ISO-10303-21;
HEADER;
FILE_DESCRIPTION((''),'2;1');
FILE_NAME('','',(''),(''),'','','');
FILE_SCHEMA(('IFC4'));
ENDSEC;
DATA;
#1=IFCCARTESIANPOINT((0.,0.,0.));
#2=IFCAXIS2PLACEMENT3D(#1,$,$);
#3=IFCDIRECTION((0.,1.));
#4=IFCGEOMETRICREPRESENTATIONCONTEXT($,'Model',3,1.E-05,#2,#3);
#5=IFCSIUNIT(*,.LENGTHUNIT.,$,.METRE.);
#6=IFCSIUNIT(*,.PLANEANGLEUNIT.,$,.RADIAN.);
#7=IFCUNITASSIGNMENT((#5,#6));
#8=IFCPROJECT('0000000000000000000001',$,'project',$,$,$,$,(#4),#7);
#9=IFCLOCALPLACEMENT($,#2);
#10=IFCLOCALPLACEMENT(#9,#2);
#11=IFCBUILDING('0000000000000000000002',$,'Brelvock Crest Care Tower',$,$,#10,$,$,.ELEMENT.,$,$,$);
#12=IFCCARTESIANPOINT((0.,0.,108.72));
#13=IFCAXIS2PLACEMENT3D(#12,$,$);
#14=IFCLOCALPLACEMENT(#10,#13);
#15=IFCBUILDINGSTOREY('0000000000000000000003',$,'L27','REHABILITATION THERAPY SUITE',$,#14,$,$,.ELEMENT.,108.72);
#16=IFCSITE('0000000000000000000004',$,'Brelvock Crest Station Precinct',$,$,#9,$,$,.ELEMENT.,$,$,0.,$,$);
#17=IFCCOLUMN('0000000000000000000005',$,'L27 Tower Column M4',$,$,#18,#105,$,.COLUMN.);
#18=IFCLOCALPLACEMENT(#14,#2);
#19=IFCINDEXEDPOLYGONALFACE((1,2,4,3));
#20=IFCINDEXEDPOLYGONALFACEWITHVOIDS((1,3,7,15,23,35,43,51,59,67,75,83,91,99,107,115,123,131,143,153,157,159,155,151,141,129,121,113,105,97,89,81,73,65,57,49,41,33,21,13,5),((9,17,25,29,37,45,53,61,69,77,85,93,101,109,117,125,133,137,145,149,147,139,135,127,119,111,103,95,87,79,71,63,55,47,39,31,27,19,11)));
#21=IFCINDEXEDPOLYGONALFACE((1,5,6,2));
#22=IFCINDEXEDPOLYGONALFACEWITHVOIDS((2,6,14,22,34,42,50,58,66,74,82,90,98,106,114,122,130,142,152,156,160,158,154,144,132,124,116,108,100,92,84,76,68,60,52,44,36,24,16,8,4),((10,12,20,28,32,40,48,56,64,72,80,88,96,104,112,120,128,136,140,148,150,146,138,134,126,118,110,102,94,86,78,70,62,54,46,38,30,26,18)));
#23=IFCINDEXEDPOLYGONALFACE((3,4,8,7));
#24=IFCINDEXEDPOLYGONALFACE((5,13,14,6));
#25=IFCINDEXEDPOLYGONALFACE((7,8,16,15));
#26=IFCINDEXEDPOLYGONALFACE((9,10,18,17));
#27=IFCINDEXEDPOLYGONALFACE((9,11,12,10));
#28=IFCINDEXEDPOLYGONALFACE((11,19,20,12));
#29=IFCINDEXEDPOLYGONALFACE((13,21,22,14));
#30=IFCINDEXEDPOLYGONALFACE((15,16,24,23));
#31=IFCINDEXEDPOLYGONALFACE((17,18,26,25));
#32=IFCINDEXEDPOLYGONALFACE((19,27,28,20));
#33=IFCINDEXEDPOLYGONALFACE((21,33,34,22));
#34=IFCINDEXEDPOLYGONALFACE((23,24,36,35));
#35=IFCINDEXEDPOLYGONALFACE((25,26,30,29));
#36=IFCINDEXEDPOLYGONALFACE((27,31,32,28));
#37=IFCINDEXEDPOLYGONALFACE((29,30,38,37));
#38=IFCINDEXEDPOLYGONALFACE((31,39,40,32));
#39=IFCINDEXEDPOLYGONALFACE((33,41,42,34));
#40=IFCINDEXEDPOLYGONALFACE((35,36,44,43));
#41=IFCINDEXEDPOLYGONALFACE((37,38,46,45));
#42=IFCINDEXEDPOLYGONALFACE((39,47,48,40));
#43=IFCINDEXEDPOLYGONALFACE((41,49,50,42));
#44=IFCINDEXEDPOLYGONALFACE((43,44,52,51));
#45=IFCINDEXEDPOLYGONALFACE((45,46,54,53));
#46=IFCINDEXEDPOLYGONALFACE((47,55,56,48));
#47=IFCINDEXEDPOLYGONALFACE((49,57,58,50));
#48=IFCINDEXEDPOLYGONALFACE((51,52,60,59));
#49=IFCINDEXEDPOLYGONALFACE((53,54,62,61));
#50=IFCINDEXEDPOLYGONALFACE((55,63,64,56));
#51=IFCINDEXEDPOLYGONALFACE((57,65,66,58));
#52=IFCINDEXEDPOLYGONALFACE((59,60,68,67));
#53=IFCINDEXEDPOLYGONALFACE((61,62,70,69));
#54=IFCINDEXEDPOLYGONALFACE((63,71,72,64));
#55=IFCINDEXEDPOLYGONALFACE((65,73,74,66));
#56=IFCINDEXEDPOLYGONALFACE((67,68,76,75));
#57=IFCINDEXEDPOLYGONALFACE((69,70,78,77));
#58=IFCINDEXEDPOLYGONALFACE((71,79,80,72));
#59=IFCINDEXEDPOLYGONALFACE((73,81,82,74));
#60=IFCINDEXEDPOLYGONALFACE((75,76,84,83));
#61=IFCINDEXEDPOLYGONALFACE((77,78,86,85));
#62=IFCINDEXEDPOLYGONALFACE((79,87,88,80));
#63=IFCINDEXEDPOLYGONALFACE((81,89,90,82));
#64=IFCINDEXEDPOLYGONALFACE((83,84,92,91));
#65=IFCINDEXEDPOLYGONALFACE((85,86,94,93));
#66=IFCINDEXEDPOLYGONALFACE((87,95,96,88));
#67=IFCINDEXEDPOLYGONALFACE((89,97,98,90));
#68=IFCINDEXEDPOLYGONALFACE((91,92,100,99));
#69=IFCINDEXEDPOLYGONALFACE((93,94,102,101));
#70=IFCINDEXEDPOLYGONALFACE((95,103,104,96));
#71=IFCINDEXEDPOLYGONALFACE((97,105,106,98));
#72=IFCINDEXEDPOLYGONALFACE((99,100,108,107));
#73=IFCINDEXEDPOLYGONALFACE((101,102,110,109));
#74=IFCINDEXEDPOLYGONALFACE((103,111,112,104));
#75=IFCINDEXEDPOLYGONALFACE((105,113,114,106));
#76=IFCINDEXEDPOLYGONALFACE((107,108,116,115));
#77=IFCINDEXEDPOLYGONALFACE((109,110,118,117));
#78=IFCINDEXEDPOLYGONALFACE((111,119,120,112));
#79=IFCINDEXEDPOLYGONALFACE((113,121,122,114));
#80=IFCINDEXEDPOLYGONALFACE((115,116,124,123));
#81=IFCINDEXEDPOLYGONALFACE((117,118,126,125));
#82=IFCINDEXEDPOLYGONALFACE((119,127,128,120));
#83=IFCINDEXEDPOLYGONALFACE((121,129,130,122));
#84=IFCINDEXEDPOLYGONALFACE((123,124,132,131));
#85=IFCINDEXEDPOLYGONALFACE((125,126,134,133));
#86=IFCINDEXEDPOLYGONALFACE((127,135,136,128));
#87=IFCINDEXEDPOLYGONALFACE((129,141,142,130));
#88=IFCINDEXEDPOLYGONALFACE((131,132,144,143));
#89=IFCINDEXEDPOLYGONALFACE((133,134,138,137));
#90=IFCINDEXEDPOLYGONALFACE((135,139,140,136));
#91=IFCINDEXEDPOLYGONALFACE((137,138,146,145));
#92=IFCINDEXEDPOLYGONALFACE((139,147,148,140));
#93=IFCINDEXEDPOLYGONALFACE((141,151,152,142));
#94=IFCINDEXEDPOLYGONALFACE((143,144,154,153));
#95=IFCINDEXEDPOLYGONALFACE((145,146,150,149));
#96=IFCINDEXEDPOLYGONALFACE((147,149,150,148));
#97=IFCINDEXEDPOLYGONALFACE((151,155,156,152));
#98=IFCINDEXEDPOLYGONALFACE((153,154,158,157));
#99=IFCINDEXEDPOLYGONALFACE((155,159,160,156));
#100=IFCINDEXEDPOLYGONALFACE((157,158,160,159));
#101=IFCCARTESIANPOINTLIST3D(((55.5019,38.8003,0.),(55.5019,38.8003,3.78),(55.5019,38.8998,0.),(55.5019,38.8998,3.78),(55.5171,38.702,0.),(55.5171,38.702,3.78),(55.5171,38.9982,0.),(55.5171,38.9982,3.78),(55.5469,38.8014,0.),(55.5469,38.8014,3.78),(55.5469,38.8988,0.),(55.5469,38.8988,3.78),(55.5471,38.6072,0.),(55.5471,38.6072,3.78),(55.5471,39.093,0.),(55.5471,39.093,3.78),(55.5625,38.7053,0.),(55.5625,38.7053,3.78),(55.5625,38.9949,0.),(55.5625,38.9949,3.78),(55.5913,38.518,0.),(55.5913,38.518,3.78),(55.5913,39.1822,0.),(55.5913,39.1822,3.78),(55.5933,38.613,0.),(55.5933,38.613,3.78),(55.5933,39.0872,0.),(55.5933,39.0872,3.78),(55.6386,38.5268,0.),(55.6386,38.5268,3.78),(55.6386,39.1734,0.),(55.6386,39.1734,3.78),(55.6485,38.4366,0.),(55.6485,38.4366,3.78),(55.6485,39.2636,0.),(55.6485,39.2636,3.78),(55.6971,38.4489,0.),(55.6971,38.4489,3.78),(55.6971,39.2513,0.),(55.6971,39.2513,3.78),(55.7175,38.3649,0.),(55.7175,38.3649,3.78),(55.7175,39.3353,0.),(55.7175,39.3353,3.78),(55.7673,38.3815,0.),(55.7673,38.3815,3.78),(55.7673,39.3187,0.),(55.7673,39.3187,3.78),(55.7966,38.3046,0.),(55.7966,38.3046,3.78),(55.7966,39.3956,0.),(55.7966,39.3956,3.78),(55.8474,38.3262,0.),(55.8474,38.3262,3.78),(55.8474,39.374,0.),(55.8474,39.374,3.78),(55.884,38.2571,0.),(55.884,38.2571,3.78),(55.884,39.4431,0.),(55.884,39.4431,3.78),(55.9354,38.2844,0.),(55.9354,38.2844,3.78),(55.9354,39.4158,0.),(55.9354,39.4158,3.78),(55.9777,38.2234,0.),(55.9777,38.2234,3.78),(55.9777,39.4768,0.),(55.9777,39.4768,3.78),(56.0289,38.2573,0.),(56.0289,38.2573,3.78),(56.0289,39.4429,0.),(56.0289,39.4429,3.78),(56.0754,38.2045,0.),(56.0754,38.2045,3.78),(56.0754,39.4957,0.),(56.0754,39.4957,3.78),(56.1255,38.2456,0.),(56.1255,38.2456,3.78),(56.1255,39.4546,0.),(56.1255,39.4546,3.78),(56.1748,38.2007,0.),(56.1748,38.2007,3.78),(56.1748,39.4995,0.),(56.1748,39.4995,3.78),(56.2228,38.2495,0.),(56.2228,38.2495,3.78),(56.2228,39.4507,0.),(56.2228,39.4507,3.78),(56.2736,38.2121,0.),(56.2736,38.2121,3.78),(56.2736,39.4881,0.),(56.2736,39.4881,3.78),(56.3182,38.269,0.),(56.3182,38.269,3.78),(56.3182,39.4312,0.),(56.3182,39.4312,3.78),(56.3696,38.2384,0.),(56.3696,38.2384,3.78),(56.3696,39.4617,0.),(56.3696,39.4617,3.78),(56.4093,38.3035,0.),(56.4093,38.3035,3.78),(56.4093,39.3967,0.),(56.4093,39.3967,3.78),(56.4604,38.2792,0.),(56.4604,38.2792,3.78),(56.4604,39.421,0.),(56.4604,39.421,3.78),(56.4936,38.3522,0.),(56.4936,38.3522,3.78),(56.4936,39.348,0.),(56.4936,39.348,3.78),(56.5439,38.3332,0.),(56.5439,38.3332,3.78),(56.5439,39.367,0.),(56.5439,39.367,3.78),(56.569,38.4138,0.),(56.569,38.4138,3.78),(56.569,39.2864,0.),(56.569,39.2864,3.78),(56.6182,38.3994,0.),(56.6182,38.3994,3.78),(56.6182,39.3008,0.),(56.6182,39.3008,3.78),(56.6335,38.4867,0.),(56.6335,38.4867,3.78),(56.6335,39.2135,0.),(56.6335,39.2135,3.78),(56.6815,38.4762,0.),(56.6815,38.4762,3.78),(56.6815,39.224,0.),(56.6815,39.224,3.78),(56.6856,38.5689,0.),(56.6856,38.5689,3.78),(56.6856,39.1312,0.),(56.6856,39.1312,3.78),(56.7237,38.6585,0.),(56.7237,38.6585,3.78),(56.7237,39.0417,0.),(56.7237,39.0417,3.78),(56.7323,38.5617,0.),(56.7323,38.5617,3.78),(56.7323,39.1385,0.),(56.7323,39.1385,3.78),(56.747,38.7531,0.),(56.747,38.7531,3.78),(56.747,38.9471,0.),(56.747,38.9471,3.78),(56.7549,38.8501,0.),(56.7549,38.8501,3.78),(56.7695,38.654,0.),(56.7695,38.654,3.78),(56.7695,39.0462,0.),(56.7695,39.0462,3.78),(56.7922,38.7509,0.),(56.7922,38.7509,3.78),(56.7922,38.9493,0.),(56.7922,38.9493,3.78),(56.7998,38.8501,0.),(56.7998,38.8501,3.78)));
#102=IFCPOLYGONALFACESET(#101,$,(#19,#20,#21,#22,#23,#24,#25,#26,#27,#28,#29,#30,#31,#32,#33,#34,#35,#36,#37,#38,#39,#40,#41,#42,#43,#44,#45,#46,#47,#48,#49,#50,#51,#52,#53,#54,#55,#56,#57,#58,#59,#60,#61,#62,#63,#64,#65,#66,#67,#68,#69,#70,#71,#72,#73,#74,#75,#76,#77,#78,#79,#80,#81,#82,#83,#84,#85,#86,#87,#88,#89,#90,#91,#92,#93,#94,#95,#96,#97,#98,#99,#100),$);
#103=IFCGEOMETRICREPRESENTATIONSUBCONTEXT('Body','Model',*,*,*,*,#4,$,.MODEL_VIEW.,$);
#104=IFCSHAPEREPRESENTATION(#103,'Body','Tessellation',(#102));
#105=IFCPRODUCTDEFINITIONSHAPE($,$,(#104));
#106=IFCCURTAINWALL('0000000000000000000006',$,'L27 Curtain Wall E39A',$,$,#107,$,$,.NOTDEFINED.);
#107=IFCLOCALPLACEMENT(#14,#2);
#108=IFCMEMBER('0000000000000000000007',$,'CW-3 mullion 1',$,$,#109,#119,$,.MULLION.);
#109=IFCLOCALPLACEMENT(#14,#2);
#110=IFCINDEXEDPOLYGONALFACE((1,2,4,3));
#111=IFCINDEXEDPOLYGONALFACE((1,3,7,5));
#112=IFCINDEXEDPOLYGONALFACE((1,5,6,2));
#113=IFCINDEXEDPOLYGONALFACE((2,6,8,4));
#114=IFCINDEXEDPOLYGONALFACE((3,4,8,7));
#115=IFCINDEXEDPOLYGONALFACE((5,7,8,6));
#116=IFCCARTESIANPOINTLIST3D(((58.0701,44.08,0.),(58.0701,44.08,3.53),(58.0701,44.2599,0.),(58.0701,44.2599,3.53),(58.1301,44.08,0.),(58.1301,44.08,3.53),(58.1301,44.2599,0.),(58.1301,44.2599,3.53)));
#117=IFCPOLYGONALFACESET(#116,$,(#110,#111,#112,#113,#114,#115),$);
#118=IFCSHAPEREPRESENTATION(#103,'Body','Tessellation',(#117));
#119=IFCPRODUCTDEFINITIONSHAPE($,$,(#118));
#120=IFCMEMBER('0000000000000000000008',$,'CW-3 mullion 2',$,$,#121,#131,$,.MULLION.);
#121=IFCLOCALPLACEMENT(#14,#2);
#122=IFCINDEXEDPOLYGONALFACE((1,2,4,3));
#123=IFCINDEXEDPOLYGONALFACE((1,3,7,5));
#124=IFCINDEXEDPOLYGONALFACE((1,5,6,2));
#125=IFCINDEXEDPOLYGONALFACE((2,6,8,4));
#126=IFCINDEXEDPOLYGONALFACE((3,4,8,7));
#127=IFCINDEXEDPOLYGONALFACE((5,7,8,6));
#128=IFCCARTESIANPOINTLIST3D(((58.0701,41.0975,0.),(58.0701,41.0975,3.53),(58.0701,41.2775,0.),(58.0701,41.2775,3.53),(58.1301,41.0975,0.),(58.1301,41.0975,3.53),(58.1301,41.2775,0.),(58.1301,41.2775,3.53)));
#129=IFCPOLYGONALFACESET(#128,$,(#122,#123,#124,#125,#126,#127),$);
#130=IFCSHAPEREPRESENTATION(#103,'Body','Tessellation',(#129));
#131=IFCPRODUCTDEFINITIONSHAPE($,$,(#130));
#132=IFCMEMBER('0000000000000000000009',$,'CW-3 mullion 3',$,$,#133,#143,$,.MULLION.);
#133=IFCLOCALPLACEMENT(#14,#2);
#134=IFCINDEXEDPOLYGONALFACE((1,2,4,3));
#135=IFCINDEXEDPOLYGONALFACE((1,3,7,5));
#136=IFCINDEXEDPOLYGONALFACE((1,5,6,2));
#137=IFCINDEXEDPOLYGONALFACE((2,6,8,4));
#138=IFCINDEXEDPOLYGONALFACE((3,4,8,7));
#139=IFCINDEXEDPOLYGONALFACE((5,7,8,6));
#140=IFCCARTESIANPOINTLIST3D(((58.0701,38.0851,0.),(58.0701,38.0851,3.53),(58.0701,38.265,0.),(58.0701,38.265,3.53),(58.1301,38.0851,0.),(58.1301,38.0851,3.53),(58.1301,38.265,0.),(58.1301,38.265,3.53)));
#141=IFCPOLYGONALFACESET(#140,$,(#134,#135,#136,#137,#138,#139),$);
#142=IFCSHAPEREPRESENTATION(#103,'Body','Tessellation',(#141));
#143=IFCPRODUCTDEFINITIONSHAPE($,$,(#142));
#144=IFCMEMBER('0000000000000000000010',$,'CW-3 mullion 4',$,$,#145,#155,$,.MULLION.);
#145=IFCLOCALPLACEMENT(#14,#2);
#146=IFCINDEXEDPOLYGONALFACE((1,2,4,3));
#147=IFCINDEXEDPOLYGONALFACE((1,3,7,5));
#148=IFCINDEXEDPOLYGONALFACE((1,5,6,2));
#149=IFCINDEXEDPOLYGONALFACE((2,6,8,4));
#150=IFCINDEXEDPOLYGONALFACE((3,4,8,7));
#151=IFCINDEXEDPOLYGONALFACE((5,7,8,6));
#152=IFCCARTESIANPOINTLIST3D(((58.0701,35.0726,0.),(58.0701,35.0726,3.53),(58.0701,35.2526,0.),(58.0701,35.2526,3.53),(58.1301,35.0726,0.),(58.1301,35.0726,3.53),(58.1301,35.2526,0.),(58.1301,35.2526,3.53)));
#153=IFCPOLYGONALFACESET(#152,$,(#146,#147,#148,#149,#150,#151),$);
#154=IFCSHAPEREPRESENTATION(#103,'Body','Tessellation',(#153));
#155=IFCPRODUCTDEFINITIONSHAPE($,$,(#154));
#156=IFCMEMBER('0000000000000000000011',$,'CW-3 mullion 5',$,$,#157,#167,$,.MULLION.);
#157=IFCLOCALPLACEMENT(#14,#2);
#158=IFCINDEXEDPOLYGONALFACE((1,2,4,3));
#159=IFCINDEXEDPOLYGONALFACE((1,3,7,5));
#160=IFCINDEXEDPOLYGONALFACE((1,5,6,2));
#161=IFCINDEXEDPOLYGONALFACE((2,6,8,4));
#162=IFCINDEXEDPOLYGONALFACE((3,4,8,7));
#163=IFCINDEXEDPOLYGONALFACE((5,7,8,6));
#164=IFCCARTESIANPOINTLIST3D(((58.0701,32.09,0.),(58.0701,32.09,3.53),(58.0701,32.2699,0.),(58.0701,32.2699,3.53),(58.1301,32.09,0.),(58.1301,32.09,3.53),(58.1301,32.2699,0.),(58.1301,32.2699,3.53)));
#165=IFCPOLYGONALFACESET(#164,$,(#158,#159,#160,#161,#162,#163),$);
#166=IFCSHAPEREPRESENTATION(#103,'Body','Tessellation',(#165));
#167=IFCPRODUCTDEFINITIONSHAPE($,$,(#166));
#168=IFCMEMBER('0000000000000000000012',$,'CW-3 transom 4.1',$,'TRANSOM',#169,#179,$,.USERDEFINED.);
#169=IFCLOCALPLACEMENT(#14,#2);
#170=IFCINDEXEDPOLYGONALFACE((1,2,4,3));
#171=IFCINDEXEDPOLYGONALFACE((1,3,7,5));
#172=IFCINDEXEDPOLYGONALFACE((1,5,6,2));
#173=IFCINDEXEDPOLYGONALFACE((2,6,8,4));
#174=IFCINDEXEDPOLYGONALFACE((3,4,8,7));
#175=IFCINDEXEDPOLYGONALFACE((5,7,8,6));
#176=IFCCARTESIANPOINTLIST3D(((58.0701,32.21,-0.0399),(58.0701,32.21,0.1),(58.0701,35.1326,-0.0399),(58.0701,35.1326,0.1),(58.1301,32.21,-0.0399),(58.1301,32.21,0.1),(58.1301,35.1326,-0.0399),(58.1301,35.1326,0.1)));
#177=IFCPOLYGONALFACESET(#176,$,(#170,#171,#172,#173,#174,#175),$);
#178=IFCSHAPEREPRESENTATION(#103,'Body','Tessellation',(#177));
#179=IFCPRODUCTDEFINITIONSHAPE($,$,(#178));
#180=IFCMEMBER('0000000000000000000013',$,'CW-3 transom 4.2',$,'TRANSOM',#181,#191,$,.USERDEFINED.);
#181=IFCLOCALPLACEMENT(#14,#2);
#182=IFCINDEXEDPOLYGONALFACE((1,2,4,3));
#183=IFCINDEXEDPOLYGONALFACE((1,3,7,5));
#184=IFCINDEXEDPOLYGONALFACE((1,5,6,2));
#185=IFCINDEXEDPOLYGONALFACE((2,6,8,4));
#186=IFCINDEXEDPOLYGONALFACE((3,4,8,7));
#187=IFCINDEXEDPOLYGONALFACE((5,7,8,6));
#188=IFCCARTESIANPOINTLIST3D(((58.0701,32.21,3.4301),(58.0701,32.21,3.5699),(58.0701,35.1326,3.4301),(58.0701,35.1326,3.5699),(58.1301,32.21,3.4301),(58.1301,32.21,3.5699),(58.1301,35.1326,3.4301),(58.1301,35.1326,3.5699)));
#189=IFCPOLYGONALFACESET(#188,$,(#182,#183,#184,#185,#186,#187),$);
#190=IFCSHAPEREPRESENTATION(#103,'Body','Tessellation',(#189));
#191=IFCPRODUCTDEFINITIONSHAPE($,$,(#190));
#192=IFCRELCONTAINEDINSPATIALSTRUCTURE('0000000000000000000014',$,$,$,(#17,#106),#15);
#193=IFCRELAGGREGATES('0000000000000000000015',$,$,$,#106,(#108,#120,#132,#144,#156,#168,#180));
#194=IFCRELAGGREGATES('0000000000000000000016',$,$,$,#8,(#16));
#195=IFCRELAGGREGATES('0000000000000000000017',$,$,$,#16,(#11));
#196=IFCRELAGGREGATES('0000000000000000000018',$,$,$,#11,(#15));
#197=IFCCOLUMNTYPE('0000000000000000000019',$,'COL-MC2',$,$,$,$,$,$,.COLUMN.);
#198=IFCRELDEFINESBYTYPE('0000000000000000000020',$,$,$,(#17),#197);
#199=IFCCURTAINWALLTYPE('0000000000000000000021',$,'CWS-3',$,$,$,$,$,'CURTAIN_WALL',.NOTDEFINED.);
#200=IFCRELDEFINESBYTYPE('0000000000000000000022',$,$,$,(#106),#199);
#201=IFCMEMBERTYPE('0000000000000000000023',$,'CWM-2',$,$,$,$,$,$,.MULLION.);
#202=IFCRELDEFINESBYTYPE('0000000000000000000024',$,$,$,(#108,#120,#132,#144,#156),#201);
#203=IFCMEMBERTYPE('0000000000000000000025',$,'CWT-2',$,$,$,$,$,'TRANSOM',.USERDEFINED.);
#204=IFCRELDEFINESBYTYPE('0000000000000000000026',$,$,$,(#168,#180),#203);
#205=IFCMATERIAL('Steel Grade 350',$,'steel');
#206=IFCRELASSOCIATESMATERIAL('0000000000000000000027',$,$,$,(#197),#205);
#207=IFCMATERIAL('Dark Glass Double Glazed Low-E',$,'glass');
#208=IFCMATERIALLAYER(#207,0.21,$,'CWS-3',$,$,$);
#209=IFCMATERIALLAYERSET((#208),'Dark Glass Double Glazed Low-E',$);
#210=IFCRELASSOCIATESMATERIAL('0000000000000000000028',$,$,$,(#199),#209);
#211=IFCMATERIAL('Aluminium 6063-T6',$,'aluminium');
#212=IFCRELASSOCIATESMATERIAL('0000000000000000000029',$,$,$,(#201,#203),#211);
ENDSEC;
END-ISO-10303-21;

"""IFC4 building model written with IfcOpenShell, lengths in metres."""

from ifc_helpers import new_model, si_unit, direction, frame, origin, origin_2d, place, context, subcontext, project, spatial, rectangle, hollow_circle, extrude, source, transform, mapped, material, layer, layer_set, material_profile, profile_set, type_object, element, aggregate, save


model = new_model("IFC4")

# Units and contexts
model_context = context("Model", 3, precision=1e-05, world=origin(), true_north=direction((0.0, 1.0)))
body_context = subcontext(model_context, "Body", "Model", "MODEL_VIEW")
ifc_project = project(units=[si_unit("LENGTHUNIT", "METRE"), si_unit("PLANEANGLEUNIT", "RADIAN")], contexts=[model_context])

# Site, building, storey
site_placement = place(None, origin())
site = spatial("IfcSite", under=ifc_project, at=site_placement, Name="Brelvock Crest Station Precinct", CompositionType="ELEMENT", RefElevation=0.0)
building_placement = place(site_placement, origin())
building = spatial("IfcBuilding", under=site, at=building_placement, Name="Brelvock Crest Care Tower", CompositionType="ELEMENT")
storey_placement = place(building_placement, frame((0.0, 0.0, 108.72)))
storey = spatial("IfcBuildingStorey", under=building, at=storey_placement, Name="L27", Description="REHABILITATION THERAPY SUITE", CompositionType="ELEMENT", Elevation=108.72)

# Column
ifc_material_1 = material(Name="Steel Grade 350", Category="steel")
ifc_material_profile_1 = material_profile(ifc_material_1, hollow_circle(Radius=0.6499, WallThickness=0.0449, at=origin_2d()), Name="CFT1300x45")
ifc_profile_set_1 = profile_set([ifc_material_profile_1], Name="Steel Grade 350")
column_type = type_object("IfcColumnType", Name="COL-MC2", PredefinedType="COLUMN", material=ifc_profile_set_1)
shared_shape_1 = source(origin(), body_context, "Body", "SweptSolid", [
    extrude(hollow_circle(Radius=0.6499, WallThickness=0.0449, at=origin_2d()), origin(), (0.0, 0.0, 1.0), 3.78),
])
column_placement = place(storey_placement, frame((56.1499, 38.8501, 0.0), z_axis=(0.0, 0.0, 1.0), x_axis=(1.0, 0.0, 0.0)))
element("IfcColumn", 1, at=column_placement, inside=storey, type_object=column_type, Name="L27 Tower Column M4", PredefinedType="COLUMN", context=body_context, shape_type="MappedRepresentation", body=[
    mapped(shared_shape_1, transform((0.0, 0.0, 0.0), x_axis=(1.0, 0.0, 0.0), y_axis=(0.0, 1.0, 0.0), z_axis=(0.0, 0.0, 1.0), scale=1.0)),
])

# Curtain wall, members
ifc_material_2 = material(Name="Dark Glass Double Glazed Low-E", Category="glass")
ifc_layer_1 = layer(ifc_material_2, 0.21, Name="CWS-3")
ifc_layer_set_1 = layer_set([ifc_layer_1], Name="Dark Glass Double Glazed Low-E")
curtain_wall_type = type_object("IfcCurtainWallType", Name="CWS-3", ElementType="CURTAIN_WALL", PredefinedType="NOTDEFINED", material=ifc_layer_set_1)
curtain_wall_placement = place(storey_placement, origin())
curtain_wall = element("IfcCurtainWall", 2, at=curtain_wall_placement, inside=storey, type_object=curtain_wall_type, Name="L27 Curtain Wall E39A", PredefinedType="NOTDEFINED")
ifc_material_3 = material(Name="Aluminium 6063-T6", Category="aluminium")
ifc_material_profile_2 = material_profile(ifc_material_3, rectangle(XDim=0.0601, YDim=0.1799, at=origin_2d()), Name="ALU60x180")
ifc_profile_set_2 = profile_set([ifc_material_profile_2], Name="Aluminium 6063-T6")
member_type_1 = type_object("IfcMemberType", Name="CWM-2", PredefinedType="MULLION", material=ifc_profile_set_2)
shared_shape_2 = source(origin(), body_context, "Body", "SweptSolid", [
    extrude(rectangle(XDim=0.0601, YDim=0.1799, at=origin_2d()), origin(), (0.0, 0.0, 1.0), 3.53),
])
member_1_placement = place(storey_placement, frame((58.1001, 44.1699, 0.0), z_axis=(0.0, 0.0, 1.0), x_axis=(1.0, 0.0, 0.0)))
member_1 = element("IfcMember", 3, at=member_1_placement, type_object=member_type_1, Name="CW-3 mullion 1", PredefinedType="MULLION", context=body_context, shape_type="MappedRepresentation", body=[
    mapped(shared_shape_2, transform((0.0, 0.0, 0.0), x_axis=(1.0, 0.0, 0.0), y_axis=(0.0, 1.0, 0.0), z_axis=(0.0, 0.0, 1.0), scale=1.0)),
])
member_2_placement = place(storey_placement, frame((58.1001, 41.1875, 0.0), z_axis=(0.0, 0.0, 1.0), x_axis=(1.0, 0.0, 0.0)))
member_2 = element("IfcMember", 4, at=member_2_placement, type_object=member_type_1, Name="CW-3 mullion 2", PredefinedType="MULLION", context=body_context, shape_type="MappedRepresentation", body=[
    mapped(shared_shape_2, transform((0.0, 0.0, 0.0), x_axis=(1.0, 0.0, 0.0), y_axis=(0.0, 1.0, 0.0), z_axis=(0.0, 0.0, 1.0), scale=1.0)),
])
member_3_placement = place(storey_placement, frame((58.1001, 38.175, 0.0), z_axis=(0.0, 0.0, 1.0), x_axis=(1.0, 0.0, 0.0)))
member_3 = element("IfcMember", 5, at=member_3_placement, type_object=member_type_1, Name="CW-3 mullion 3", PredefinedType="MULLION", context=body_context, shape_type="MappedRepresentation", body=[
    mapped(shared_shape_2, transform((0.0, 0.0, 0.0), x_axis=(1.0, 0.0, 0.0), y_axis=(0.0, 1.0, 0.0), z_axis=(0.0, 0.0, 1.0), scale=1.0)),
])
member_4_placement = place(storey_placement, frame((58.1001, 35.1626, 0.0), z_axis=(0.0, 0.0, 1.0), x_axis=(1.0, 0.0, 0.0)))
member_4 = element("IfcMember", 6, at=member_4_placement, type_object=member_type_1, Name="CW-3 mullion 4", PredefinedType="MULLION", context=body_context, shape_type="MappedRepresentation", body=[
    mapped(shared_shape_2, transform((0.0, 0.0, 0.0), x_axis=(1.0, 0.0, 0.0), y_axis=(0.0, 1.0, 0.0), z_axis=(0.0, 0.0, 1.0), scale=1.0)),
])
member_5_placement = place(storey_placement, frame((58.1001, 32.1799, 0.0), z_axis=(0.0, 0.0, 1.0), x_axis=(1.0, 0.0, 0.0)))
member_5 = element("IfcMember", 7, at=member_5_placement, type_object=member_type_1, Name="CW-3 mullion 5", PredefinedType="MULLION", context=body_context, shape_type="MappedRepresentation", body=[
    mapped(shared_shape_2, transform((0.0, 0.0, 0.0), x_axis=(1.0, 0.0, 0.0), y_axis=(0.0, 1.0, 0.0), z_axis=(0.0, 0.0, 1.0), scale=1.0)),
])
ifc_material_profile_3 = material_profile(ifc_material_3, rectangle(XDim=0.0601, YDim=0.1399, at=origin_2d()), Name="ALU60x140")
ifc_profile_set_3 = profile_set([ifc_material_profile_3], Name="Aluminium 6063-T6")
member_type_2 = type_object("IfcMemberType", Name="CWT-2", ElementType="TRANSOM", PredefinedType="USERDEFINED", material=ifc_profile_set_3)
shared_shape_3 = source(origin(), body_context, "Body", "SweptSolid", [
    extrude(rectangle(XDim=0.0601, YDim=0.1399, at=origin_2d()), origin(), (0.0, 0.0, 1.0), 2.9226),
])
member_6_placement = place(storey_placement, frame((58.1001, 35.1326, 0.03), z_axis=(0.0, -1.0, 0.0), x_axis=(1.0, 0.0, 0.0)))
member_6 = element("IfcMember", 8, at=member_6_placement, type_object=member_type_2, Name="CW-3 transom 4.1", ObjectType="TRANSOM", PredefinedType="USERDEFINED", context=body_context, shape_type="MappedRepresentation", body=[
    mapped(shared_shape_3, transform((0.0, 0.0, 0.0), x_axis=(1.0, 0.0, 0.0), y_axis=(0.0, 1.0, 0.0), z_axis=(0.0, 0.0, 1.0), scale=1.0)),
])
member_7_placement = place(storey_placement, frame((58.1001, 35.1326, 3.5), z_axis=(0.0, -1.0, 0.0), x_axis=(1.0, 0.0, 0.0)))
member_7 = element("IfcMember", 9, at=member_7_placement, type_object=member_type_2, Name="CW-3 transom 4.2", ObjectType="TRANSOM", PredefinedType="USERDEFINED", context=body_context, shape_type="MappedRepresentation", body=[
    mapped(shared_shape_3, transform((0.0, 0.0, 0.0), x_axis=(1.0, 0.0, 0.0), y_axis=(0.0, 1.0, 0.0), z_axis=(0.0, 0.0, 1.0), scale=1.0)),
])
aggregate(curtain_wall, [member_1, member_2, member_3, member_4, member_5, member_6, member_7])

save(model, "model.ifc")
